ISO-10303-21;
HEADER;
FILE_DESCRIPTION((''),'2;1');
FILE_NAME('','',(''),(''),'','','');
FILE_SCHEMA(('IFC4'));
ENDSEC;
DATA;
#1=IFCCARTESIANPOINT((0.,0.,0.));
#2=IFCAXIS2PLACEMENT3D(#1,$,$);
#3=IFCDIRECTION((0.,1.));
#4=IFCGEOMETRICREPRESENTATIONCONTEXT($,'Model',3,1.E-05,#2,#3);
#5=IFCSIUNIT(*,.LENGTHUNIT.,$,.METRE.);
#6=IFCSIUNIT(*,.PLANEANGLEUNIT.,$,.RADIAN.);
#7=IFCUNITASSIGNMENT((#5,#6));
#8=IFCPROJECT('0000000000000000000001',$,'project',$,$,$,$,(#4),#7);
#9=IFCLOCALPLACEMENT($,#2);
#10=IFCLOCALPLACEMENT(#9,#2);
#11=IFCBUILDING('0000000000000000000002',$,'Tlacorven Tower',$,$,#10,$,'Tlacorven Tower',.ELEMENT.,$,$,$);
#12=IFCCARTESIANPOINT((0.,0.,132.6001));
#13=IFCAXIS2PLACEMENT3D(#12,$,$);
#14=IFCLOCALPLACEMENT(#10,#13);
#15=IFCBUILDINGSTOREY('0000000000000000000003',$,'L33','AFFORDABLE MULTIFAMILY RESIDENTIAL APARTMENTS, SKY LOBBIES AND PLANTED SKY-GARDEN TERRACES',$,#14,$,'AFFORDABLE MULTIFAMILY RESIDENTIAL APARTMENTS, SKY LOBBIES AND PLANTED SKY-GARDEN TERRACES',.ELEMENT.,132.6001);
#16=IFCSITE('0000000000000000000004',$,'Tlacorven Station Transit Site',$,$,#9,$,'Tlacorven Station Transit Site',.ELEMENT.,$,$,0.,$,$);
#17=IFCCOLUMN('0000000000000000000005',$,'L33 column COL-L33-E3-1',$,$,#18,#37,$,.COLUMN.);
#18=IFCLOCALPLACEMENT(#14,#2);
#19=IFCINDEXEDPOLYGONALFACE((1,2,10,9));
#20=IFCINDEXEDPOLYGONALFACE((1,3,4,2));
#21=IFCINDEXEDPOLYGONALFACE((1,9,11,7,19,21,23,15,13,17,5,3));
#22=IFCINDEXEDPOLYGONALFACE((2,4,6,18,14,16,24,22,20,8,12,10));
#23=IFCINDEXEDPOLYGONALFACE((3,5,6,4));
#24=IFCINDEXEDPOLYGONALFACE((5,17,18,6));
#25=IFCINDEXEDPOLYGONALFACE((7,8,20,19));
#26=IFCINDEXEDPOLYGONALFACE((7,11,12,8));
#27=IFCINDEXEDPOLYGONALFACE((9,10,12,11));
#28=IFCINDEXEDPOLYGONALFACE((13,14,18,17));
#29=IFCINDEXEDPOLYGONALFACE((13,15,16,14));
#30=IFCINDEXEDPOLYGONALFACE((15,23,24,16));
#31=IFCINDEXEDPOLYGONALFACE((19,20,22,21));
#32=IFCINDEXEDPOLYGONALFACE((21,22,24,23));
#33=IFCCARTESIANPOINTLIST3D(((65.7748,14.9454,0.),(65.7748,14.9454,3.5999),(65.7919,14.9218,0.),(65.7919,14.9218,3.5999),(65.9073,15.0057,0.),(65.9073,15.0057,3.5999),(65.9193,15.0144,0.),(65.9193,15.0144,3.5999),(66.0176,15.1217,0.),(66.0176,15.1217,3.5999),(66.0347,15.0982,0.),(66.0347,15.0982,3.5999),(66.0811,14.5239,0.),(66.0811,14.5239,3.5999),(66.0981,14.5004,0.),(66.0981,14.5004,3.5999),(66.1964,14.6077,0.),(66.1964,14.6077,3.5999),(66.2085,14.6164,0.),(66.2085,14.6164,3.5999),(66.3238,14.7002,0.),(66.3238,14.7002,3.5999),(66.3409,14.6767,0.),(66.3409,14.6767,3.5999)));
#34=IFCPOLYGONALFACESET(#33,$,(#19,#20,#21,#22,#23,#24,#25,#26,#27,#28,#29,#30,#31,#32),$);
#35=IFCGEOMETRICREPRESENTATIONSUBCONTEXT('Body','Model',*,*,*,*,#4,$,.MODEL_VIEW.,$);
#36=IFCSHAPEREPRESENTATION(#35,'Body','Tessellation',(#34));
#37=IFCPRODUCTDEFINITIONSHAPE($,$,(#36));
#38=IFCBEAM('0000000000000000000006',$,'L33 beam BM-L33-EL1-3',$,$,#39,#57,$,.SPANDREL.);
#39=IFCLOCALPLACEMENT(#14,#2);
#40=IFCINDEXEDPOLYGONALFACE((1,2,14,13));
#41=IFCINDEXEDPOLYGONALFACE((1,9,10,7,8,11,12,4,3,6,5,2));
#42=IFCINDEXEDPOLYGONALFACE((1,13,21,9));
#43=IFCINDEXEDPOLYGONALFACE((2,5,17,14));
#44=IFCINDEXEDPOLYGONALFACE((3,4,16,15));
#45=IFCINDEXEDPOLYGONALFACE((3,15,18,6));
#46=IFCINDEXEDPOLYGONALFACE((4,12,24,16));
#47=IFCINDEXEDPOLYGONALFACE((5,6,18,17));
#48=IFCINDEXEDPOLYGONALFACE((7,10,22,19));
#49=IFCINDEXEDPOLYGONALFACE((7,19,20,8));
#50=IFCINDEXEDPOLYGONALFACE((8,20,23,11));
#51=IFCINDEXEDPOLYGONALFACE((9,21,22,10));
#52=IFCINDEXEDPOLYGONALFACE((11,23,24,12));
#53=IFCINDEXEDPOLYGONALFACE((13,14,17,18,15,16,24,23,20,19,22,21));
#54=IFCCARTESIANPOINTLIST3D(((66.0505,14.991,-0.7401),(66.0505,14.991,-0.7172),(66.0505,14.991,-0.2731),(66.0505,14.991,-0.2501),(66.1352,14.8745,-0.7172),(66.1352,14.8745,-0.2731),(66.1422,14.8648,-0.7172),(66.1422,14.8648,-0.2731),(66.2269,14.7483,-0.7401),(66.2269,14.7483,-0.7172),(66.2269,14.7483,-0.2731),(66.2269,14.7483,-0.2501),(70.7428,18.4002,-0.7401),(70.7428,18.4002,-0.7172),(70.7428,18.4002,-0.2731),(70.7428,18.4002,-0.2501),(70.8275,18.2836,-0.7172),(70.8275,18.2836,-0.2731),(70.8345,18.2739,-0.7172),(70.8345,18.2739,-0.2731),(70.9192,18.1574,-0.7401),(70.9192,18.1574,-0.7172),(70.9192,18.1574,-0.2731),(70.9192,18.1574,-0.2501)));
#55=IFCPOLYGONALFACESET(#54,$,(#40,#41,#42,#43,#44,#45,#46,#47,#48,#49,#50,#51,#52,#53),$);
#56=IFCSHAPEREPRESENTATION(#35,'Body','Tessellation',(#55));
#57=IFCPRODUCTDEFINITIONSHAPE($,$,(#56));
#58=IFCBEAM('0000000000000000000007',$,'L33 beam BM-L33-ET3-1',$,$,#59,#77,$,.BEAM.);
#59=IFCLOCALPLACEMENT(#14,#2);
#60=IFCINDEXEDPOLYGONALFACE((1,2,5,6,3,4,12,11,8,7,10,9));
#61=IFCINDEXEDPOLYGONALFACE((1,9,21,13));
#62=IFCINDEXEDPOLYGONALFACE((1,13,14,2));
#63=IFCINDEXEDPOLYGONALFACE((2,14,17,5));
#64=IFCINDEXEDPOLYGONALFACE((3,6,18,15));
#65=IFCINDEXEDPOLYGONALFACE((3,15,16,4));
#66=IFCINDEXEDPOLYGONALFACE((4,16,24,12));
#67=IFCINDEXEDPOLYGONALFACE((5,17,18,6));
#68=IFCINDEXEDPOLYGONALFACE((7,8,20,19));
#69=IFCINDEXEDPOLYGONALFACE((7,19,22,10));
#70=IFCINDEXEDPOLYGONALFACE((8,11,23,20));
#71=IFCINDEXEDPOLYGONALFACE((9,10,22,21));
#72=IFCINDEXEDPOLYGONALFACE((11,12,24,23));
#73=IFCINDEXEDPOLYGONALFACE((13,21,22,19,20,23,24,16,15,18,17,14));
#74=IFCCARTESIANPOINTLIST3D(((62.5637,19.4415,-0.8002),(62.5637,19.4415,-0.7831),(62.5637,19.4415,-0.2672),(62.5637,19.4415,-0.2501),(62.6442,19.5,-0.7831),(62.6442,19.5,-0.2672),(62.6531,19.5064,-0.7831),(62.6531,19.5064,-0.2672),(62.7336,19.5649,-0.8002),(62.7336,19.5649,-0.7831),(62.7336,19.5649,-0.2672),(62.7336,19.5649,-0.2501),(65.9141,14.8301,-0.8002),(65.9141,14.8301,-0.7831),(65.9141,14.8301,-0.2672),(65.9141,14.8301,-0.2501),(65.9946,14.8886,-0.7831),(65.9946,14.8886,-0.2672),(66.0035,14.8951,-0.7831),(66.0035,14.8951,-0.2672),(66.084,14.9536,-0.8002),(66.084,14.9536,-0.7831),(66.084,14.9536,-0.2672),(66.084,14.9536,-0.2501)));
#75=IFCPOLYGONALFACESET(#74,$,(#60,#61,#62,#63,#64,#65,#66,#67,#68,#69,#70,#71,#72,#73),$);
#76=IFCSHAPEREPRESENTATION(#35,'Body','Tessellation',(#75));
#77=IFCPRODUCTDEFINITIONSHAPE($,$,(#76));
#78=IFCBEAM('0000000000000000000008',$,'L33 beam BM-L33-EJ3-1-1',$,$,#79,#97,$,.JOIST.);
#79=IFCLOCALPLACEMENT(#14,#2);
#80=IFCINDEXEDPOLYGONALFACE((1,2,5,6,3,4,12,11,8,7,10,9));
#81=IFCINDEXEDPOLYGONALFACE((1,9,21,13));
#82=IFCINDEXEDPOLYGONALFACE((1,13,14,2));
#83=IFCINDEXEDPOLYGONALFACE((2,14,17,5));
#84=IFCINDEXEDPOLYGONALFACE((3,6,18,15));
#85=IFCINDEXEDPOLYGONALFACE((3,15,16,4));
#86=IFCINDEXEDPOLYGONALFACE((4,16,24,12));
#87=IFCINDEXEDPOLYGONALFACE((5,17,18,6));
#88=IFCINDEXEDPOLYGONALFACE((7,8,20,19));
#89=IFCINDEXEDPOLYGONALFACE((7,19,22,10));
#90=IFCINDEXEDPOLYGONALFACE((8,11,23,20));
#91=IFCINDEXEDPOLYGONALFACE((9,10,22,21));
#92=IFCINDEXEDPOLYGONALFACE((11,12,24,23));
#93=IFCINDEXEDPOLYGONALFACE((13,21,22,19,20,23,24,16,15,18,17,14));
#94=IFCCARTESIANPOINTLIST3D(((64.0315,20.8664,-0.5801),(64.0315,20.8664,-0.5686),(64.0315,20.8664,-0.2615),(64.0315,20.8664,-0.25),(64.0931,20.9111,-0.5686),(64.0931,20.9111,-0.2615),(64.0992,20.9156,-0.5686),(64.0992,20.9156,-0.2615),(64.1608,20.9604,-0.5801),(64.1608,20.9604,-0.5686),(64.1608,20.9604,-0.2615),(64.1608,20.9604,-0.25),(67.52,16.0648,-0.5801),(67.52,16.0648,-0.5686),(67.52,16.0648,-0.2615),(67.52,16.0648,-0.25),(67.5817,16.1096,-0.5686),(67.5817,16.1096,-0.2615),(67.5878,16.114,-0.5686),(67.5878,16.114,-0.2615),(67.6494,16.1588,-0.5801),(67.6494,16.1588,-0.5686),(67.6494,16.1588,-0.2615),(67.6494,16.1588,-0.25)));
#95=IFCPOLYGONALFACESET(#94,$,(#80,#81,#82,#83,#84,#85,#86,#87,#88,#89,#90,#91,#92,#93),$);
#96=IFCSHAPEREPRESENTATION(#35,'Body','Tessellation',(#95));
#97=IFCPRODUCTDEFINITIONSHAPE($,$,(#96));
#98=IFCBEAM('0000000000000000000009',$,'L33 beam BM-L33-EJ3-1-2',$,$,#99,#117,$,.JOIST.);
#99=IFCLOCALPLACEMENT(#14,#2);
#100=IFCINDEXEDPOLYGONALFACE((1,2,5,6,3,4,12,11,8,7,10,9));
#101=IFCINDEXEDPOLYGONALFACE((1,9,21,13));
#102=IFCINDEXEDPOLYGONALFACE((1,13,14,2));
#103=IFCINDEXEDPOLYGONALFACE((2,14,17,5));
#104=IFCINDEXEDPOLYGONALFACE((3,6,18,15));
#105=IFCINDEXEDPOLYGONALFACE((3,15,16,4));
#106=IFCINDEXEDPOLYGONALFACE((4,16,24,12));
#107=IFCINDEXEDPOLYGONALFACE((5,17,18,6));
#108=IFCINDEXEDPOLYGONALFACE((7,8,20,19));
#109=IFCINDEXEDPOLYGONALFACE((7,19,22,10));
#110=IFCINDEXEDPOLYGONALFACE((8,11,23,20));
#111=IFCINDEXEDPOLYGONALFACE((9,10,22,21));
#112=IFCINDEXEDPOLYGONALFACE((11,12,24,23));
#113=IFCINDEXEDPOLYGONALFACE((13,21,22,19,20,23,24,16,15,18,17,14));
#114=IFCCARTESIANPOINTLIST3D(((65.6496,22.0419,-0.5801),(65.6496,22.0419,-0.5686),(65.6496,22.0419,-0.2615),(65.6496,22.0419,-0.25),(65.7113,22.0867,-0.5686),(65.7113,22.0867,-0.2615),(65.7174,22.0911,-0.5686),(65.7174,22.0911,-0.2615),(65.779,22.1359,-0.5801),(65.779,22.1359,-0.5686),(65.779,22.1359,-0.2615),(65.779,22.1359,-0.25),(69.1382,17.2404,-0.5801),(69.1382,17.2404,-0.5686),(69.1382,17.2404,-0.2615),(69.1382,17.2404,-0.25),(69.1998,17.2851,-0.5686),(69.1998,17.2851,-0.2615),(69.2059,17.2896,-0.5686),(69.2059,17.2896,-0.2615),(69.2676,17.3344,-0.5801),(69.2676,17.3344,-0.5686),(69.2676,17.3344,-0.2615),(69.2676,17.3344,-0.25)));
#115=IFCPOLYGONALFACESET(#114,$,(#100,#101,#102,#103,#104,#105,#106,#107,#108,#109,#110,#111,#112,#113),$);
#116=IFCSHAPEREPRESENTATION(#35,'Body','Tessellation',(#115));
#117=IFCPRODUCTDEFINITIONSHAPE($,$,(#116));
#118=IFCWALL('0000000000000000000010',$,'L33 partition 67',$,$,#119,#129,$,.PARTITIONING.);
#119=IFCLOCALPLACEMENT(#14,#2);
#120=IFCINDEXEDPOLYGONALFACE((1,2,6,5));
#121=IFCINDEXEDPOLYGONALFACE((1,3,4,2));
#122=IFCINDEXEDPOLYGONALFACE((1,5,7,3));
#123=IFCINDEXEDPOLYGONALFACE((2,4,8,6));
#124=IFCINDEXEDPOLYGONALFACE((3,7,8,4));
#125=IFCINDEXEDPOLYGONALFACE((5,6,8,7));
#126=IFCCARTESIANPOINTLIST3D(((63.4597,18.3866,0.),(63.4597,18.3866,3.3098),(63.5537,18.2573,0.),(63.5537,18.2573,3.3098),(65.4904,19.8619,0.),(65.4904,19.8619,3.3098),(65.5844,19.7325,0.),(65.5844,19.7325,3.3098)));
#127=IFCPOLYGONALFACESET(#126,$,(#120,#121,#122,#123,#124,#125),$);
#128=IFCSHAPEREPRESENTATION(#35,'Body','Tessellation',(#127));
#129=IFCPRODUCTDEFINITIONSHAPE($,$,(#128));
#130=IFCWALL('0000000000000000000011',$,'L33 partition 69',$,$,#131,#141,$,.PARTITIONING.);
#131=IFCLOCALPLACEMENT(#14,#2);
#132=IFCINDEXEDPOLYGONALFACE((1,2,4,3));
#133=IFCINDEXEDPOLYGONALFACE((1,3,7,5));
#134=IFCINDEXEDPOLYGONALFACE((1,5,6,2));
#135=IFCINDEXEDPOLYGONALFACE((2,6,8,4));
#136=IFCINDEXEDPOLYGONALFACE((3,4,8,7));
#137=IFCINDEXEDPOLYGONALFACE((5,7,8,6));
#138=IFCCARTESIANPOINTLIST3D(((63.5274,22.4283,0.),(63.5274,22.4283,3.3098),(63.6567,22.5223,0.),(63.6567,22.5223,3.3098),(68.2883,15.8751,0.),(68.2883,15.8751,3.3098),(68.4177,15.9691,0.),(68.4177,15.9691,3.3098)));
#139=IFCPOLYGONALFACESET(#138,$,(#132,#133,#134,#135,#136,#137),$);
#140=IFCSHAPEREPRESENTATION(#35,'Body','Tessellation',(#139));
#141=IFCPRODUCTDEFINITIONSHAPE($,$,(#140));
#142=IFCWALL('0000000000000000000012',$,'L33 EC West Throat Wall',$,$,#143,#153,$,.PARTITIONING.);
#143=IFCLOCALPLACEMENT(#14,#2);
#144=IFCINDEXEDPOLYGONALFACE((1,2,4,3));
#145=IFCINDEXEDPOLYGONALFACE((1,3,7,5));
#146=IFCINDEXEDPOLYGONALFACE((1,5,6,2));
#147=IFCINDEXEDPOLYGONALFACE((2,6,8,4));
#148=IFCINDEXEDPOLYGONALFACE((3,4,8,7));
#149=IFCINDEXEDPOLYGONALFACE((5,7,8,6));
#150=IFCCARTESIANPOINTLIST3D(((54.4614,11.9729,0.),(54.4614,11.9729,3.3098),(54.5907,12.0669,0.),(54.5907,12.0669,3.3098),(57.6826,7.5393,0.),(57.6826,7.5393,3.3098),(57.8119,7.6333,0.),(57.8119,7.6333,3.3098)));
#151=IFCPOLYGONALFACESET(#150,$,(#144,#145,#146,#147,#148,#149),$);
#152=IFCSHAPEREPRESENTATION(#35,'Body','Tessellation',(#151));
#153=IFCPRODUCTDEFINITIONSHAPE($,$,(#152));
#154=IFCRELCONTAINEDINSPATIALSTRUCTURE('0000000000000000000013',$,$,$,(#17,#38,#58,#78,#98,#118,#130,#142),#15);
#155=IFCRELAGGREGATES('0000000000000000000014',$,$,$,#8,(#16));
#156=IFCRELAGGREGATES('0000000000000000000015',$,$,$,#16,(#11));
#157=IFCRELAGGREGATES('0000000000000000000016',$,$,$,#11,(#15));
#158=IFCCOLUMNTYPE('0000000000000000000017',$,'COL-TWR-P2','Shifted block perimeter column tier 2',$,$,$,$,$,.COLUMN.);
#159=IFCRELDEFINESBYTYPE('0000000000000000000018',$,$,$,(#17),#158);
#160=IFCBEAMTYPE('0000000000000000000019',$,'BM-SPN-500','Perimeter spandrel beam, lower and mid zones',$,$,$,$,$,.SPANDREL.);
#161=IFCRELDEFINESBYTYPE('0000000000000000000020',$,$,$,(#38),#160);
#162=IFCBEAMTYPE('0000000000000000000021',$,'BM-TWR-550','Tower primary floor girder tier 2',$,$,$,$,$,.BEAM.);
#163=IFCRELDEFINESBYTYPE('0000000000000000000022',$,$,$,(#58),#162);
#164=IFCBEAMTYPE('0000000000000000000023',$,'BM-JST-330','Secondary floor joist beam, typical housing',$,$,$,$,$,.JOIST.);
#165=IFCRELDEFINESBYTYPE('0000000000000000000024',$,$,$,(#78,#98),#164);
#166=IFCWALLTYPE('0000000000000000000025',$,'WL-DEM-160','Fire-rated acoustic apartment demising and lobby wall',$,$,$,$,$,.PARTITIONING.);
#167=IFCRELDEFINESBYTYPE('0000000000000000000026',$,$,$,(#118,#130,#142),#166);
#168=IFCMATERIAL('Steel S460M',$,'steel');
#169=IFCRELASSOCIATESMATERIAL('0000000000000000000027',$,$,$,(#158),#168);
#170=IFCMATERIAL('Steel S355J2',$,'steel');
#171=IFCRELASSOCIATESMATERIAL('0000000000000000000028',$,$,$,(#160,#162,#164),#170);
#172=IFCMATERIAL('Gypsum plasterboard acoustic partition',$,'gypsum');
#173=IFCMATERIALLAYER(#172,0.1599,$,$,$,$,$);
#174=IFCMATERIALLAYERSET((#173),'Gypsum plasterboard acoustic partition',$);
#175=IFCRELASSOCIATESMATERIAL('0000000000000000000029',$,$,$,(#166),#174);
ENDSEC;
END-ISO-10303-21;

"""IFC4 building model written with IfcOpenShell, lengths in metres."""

from ifc_helpers import new_model, si_unit, direction, frame, frame_2d, origin, origin_2d, place, context, subcontext, project, spatial, rectangle, i_section, extrude, source, transform, mapped, material, layer, layer_set, material_profile, profile_set, type_object, element, save


model = new_model("IFC4")

# Units and contexts
model_context = context("Model", 3, precision=1e-05, world=origin(), true_north=direction((0.0, 1.0)))
body_context = subcontext(model_context, "Body", "Model", "MODEL_VIEW")
ifc_project = project(units=[si_unit("LENGTHUNIT", "METRE"), si_unit("PLANEANGLEUNIT", "RADIAN")], contexts=[model_context])

# Site, building, storey
site_placement = place(None, origin())
site = spatial("IfcSite", under=ifc_project, at=site_placement, Name="Tlacorven Station Transit Site", LongName="Tlacorven Station Transit Site", CompositionType="ELEMENT", RefElevation=0.0)
building_placement = place(site_placement, origin())
building = spatial("IfcBuilding", under=site, at=building_placement, Name="Tlacorven Tower", LongName="Tlacorven Tower", CompositionType="ELEMENT")
storey_placement = place(building_placement, frame((0.0, 0.0, 132.6001)))
storey = spatial("IfcBuildingStorey", under=building, at=storey_placement, Name="L33", Description="AFFORDABLE MULTIFAMILY RESIDENTIAL APARTMENTS, SKY LOBBIES AND PLANTED SKY-GARDEN TERRACES", LongName="AFFORDABLE MULTIFAMILY RESIDENTIAL APARTMENTS, SKY LOBBIES AND PLANTED SKY-GARDEN TERRACES", CompositionType="ELEMENT", Elevation=132.6001)

# Column
ifc_material_1 = material(Name="Steel S460M", Category="steel")
ifc_material_profile_1 = material_profile(ifc_material_1, i_section(OverallWidth=0.3, OverallDepth=0.55, WebThickness=0.0149, FlangeThickness=0.0291, at=origin_2d()), Name="HEB 550")
ifc_profile_set_1 = profile_set([ifc_material_profile_1], Name="Steel S460M")
column_type = type_object("IfcColumnType", Name="COL-TWR-P2", Description="Shifted block perimeter column tier 2", PredefinedType="COLUMN", material=ifc_profile_set_1)
shared_shape_1 = source(origin(), body_context, "Body", "SweptSolid", [
    extrude(i_section(OverallWidth=0.3, OverallDepth=0.55, WebThickness=0.0149, FlangeThickness=0.0291, at=origin_2d()), origin(), (0.0, 0.0, 1.0), 3.5999),
])
column_placement = place(storey_placement, frame((66.0579, 14.811, 0.0), z_axis=(0.0, 0.0, 1.0), x_axis=(0.809017, 0.587785, 0.0)))
element("IfcColumn", 1, at=column_placement, inside=storey, type_object=column_type, Name="L33 column COL-L33-E3-1", PredefinedType="COLUMN", context=body_context, shape_type="MappedRepresentation", body=[
    mapped(shared_shape_1, transform((0.0, 0.0, 0.0), scale=1.0)),
])

# Beams
ifc_material_2 = material(Name="Steel S355J2", Category="steel")
ifc_material_profile_2 = material_profile(ifc_material_2, i_section(OverallWidth=0.3, OverallDepth=0.49, WebThickness=0.012, FlangeThickness=0.0229, at=origin_2d()), Name="HEA 500")
ifc_profile_set_2 = profile_set([ifc_material_profile_2], Name="Steel S355J2")
beam_type_1 = type_object("IfcBeamType", Name="BM-SPN-500", Description="Perimeter spandrel beam, lower and mid zones", PredefinedType="SPANDREL", material=ifc_profile_set_2)
shared_shape_2 = source(origin(), body_context, "Body", "SweptSolid", [
    extrude(i_section(OverallWidth=0.3, OverallDepth=0.49, WebThickness=0.012, FlangeThickness=0.0229, at=origin_2d()), origin(), (0.0, 0.0, 1.0), 5.8),
])
beam_1_placement = place(storey_placement, frame((66.1387, 14.8696, -0.4951), z_axis=(0.80902, 0.587781, 0.0), x_axis=(-0.587781, 0.80902, 0.0)))
element("IfcBeam", 2, at=beam_1_placement, inside=storey, type_object=beam_type_1, Name="L33 beam BM-L33-EL1-3", PredefinedType="SPANDREL", context=body_context, shape_type="MappedRepresentation", body=[
    mapped(shared_shape_2, transform((0.0, 0.0, 0.0), scale=1.0)),
])
ifc_material_profile_3 = material_profile(ifc_material_2, i_section(OverallWidth=0.21, OverallDepth=0.55, WebThickness=0.011, FlangeThickness=0.0171, at=origin_2d()), Name="IPE 550")
ifc_profile_set_3 = profile_set([ifc_material_profile_3], Name="Steel S355J2")
beam_type_2 = type_object("IfcBeamType", Name="BM-TWR-550", Description="Tower primary floor girder tier 2", PredefinedType="BEAM", material=ifc_profile_set_3)
shared_shape_3 = source(origin(), body_context, "Body", "SweptSolid", [
    extrude(i_section(OverallWidth=0.21, OverallDepth=0.55, WebThickness=0.011, FlangeThickness=0.0171, at=origin_2d()), origin(), (0.0, 0.0, 1.0), 5.7),
])
beam_2_placement = place(storey_placement, frame((65.999, 14.8918, -0.5251), z_axis=(-0.587787, 0.809016, 0.0), x_axis=(-0.809016, -0.587787, 0.0)))
element("IfcBeam", 3, at=beam_2_placement, inside=storey, type_object=beam_type_2, Name="L33 beam BM-L33-ET3-1", PredefinedType="BEAM", context=body_context, shape_type="MappedRepresentation", body=[
    mapped(shared_shape_3, transform((0.0, 0.0, 0.0), scale=1.0)),
])
ifc_material_profile_4 = material_profile(ifc_material_2, i_section(OverallWidth=0.1599, OverallDepth=0.3301, WebThickness=0.0076, FlangeThickness=0.0115, at=origin_2d()), Name="IPE 330")
ifc_profile_set_4 = profile_set([ifc_material_profile_4], Name="Steel S355J2")
beam_type_3 = type_object("IfcBeamType", Name="BM-JST-330", Description="Secondary floor joist beam, typical housing", PredefinedType="JOIST", material=ifc_profile_set_4)
shared_shape_4 = source(origin(), body_context, "Body", "SweptSolid", [
    extrude(i_section(OverallWidth=0.1599, OverallDepth=0.3301, WebThickness=0.0076, FlangeThickness=0.0115, at=origin_2d()), origin(), (0.0, 0.0, 1.0), 5.9351),
])
for number, where, z_axis, x_axis, name in (
    (4, (67.5847, 16.1118, -0.415), (-0.587788, 0.809015, 0.0), (-0.809015, -0.587788, 0.0), "L33 beam BM-L33-EJ3-1-1"),
    (5, (69.2029, 17.2874, -0.415), (-0.587788, 0.809015, 0.0), (-0.809015, -0.587788, 0.0), "L33 beam BM-L33-EJ3-1-2"),
):
    element("IfcBeam", number, at=place(storey_placement, frame(where, z_axis=z_axis, x_axis=x_axis)), inside=storey, type_object=beam_type_3, Name=name, PredefinedType="JOIST", context=body_context, shape_type="MappedRepresentation", body=[
        mapped(shared_shape_4, transform((0.0, 0.0, 0.0), scale=1.0)),
    ])

# Walls
ifc_material_3 = material(Name="Gypsum plasterboard acoustic partition", Category="gypsum")
ifc_layer_1 = layer(ifc_material_3, 0.1599)
ifc_layer_set_1 = layer_set([ifc_layer_1], Name="Gypsum plasterboard acoustic partition")
wall_type_1 = type_object("IfcWallType", Name="WL-DEM-160", Description="Fire-rated acoustic apartment demising and lobby wall", PredefinedType="PARTITIONING", material=ifc_layer_set_1)
wall_1_placement = place(storey_placement, frame((63.5068, 18.322, 0.0), z_axis=(0.0, 0.0, 1.0), x_axis=(0.809035, 0.587761, 0.0)))
element("IfcWall", 6, at=wall_1_placement, inside=storey, type_object=wall_type_1, Name="L33 partition 67", PredefinedType="PARTITIONING", context=body_context, shape_type="SweptSolid", body=[
    extrude(rectangle(XDim=2.51, YDim=0.1599, at=frame_2d((1.2549, 0.0))), origin(), (0.0, 0.0, 1.0), 3.3098),
])
wall_2_placement = place(storey_placement, frame((68.353, 15.9221, 0.0), z_axis=(0.0, 0.0, 1.0), x_axis=(-0.587768, 0.809029, 0.0)))
element("IfcWall", 7, at=wall_2_placement, inside=storey, type_object=wall_type_1, Name="L33 partition 69", PredefinedType="PARTITIONING", context=body_context, shape_type="SweptSolid", body=[
    extrude(rectangle(XDim=8.1001, YDim=0.1599, at=frame_2d((4.05, 0.0))), origin(), (0.0, 0.0, 1.0), 3.3098),
])
wall_3_placement = place(storey_placement, frame((57.7473, 7.5862, 0.0), z_axis=(0.0, 0.0, 1.0), x_axis=(-0.587785, 0.809017, 0.0)))
element("IfcWall", 8, at=wall_3_placement, inside=storey, type_object=wall_type_1, Name="L33 EC West Throat Wall", PredefinedType="PARTITIONING", context=body_context, shape_type="SweptSolid", body=[
    extrude(rectangle(XDim=5.4802, YDim=0.1599, at=frame_2d((2.7402, 0.0))), origin(), (0.0, 0.0, 1.0), 3.3098),
])

save(model, "model.ifc")
